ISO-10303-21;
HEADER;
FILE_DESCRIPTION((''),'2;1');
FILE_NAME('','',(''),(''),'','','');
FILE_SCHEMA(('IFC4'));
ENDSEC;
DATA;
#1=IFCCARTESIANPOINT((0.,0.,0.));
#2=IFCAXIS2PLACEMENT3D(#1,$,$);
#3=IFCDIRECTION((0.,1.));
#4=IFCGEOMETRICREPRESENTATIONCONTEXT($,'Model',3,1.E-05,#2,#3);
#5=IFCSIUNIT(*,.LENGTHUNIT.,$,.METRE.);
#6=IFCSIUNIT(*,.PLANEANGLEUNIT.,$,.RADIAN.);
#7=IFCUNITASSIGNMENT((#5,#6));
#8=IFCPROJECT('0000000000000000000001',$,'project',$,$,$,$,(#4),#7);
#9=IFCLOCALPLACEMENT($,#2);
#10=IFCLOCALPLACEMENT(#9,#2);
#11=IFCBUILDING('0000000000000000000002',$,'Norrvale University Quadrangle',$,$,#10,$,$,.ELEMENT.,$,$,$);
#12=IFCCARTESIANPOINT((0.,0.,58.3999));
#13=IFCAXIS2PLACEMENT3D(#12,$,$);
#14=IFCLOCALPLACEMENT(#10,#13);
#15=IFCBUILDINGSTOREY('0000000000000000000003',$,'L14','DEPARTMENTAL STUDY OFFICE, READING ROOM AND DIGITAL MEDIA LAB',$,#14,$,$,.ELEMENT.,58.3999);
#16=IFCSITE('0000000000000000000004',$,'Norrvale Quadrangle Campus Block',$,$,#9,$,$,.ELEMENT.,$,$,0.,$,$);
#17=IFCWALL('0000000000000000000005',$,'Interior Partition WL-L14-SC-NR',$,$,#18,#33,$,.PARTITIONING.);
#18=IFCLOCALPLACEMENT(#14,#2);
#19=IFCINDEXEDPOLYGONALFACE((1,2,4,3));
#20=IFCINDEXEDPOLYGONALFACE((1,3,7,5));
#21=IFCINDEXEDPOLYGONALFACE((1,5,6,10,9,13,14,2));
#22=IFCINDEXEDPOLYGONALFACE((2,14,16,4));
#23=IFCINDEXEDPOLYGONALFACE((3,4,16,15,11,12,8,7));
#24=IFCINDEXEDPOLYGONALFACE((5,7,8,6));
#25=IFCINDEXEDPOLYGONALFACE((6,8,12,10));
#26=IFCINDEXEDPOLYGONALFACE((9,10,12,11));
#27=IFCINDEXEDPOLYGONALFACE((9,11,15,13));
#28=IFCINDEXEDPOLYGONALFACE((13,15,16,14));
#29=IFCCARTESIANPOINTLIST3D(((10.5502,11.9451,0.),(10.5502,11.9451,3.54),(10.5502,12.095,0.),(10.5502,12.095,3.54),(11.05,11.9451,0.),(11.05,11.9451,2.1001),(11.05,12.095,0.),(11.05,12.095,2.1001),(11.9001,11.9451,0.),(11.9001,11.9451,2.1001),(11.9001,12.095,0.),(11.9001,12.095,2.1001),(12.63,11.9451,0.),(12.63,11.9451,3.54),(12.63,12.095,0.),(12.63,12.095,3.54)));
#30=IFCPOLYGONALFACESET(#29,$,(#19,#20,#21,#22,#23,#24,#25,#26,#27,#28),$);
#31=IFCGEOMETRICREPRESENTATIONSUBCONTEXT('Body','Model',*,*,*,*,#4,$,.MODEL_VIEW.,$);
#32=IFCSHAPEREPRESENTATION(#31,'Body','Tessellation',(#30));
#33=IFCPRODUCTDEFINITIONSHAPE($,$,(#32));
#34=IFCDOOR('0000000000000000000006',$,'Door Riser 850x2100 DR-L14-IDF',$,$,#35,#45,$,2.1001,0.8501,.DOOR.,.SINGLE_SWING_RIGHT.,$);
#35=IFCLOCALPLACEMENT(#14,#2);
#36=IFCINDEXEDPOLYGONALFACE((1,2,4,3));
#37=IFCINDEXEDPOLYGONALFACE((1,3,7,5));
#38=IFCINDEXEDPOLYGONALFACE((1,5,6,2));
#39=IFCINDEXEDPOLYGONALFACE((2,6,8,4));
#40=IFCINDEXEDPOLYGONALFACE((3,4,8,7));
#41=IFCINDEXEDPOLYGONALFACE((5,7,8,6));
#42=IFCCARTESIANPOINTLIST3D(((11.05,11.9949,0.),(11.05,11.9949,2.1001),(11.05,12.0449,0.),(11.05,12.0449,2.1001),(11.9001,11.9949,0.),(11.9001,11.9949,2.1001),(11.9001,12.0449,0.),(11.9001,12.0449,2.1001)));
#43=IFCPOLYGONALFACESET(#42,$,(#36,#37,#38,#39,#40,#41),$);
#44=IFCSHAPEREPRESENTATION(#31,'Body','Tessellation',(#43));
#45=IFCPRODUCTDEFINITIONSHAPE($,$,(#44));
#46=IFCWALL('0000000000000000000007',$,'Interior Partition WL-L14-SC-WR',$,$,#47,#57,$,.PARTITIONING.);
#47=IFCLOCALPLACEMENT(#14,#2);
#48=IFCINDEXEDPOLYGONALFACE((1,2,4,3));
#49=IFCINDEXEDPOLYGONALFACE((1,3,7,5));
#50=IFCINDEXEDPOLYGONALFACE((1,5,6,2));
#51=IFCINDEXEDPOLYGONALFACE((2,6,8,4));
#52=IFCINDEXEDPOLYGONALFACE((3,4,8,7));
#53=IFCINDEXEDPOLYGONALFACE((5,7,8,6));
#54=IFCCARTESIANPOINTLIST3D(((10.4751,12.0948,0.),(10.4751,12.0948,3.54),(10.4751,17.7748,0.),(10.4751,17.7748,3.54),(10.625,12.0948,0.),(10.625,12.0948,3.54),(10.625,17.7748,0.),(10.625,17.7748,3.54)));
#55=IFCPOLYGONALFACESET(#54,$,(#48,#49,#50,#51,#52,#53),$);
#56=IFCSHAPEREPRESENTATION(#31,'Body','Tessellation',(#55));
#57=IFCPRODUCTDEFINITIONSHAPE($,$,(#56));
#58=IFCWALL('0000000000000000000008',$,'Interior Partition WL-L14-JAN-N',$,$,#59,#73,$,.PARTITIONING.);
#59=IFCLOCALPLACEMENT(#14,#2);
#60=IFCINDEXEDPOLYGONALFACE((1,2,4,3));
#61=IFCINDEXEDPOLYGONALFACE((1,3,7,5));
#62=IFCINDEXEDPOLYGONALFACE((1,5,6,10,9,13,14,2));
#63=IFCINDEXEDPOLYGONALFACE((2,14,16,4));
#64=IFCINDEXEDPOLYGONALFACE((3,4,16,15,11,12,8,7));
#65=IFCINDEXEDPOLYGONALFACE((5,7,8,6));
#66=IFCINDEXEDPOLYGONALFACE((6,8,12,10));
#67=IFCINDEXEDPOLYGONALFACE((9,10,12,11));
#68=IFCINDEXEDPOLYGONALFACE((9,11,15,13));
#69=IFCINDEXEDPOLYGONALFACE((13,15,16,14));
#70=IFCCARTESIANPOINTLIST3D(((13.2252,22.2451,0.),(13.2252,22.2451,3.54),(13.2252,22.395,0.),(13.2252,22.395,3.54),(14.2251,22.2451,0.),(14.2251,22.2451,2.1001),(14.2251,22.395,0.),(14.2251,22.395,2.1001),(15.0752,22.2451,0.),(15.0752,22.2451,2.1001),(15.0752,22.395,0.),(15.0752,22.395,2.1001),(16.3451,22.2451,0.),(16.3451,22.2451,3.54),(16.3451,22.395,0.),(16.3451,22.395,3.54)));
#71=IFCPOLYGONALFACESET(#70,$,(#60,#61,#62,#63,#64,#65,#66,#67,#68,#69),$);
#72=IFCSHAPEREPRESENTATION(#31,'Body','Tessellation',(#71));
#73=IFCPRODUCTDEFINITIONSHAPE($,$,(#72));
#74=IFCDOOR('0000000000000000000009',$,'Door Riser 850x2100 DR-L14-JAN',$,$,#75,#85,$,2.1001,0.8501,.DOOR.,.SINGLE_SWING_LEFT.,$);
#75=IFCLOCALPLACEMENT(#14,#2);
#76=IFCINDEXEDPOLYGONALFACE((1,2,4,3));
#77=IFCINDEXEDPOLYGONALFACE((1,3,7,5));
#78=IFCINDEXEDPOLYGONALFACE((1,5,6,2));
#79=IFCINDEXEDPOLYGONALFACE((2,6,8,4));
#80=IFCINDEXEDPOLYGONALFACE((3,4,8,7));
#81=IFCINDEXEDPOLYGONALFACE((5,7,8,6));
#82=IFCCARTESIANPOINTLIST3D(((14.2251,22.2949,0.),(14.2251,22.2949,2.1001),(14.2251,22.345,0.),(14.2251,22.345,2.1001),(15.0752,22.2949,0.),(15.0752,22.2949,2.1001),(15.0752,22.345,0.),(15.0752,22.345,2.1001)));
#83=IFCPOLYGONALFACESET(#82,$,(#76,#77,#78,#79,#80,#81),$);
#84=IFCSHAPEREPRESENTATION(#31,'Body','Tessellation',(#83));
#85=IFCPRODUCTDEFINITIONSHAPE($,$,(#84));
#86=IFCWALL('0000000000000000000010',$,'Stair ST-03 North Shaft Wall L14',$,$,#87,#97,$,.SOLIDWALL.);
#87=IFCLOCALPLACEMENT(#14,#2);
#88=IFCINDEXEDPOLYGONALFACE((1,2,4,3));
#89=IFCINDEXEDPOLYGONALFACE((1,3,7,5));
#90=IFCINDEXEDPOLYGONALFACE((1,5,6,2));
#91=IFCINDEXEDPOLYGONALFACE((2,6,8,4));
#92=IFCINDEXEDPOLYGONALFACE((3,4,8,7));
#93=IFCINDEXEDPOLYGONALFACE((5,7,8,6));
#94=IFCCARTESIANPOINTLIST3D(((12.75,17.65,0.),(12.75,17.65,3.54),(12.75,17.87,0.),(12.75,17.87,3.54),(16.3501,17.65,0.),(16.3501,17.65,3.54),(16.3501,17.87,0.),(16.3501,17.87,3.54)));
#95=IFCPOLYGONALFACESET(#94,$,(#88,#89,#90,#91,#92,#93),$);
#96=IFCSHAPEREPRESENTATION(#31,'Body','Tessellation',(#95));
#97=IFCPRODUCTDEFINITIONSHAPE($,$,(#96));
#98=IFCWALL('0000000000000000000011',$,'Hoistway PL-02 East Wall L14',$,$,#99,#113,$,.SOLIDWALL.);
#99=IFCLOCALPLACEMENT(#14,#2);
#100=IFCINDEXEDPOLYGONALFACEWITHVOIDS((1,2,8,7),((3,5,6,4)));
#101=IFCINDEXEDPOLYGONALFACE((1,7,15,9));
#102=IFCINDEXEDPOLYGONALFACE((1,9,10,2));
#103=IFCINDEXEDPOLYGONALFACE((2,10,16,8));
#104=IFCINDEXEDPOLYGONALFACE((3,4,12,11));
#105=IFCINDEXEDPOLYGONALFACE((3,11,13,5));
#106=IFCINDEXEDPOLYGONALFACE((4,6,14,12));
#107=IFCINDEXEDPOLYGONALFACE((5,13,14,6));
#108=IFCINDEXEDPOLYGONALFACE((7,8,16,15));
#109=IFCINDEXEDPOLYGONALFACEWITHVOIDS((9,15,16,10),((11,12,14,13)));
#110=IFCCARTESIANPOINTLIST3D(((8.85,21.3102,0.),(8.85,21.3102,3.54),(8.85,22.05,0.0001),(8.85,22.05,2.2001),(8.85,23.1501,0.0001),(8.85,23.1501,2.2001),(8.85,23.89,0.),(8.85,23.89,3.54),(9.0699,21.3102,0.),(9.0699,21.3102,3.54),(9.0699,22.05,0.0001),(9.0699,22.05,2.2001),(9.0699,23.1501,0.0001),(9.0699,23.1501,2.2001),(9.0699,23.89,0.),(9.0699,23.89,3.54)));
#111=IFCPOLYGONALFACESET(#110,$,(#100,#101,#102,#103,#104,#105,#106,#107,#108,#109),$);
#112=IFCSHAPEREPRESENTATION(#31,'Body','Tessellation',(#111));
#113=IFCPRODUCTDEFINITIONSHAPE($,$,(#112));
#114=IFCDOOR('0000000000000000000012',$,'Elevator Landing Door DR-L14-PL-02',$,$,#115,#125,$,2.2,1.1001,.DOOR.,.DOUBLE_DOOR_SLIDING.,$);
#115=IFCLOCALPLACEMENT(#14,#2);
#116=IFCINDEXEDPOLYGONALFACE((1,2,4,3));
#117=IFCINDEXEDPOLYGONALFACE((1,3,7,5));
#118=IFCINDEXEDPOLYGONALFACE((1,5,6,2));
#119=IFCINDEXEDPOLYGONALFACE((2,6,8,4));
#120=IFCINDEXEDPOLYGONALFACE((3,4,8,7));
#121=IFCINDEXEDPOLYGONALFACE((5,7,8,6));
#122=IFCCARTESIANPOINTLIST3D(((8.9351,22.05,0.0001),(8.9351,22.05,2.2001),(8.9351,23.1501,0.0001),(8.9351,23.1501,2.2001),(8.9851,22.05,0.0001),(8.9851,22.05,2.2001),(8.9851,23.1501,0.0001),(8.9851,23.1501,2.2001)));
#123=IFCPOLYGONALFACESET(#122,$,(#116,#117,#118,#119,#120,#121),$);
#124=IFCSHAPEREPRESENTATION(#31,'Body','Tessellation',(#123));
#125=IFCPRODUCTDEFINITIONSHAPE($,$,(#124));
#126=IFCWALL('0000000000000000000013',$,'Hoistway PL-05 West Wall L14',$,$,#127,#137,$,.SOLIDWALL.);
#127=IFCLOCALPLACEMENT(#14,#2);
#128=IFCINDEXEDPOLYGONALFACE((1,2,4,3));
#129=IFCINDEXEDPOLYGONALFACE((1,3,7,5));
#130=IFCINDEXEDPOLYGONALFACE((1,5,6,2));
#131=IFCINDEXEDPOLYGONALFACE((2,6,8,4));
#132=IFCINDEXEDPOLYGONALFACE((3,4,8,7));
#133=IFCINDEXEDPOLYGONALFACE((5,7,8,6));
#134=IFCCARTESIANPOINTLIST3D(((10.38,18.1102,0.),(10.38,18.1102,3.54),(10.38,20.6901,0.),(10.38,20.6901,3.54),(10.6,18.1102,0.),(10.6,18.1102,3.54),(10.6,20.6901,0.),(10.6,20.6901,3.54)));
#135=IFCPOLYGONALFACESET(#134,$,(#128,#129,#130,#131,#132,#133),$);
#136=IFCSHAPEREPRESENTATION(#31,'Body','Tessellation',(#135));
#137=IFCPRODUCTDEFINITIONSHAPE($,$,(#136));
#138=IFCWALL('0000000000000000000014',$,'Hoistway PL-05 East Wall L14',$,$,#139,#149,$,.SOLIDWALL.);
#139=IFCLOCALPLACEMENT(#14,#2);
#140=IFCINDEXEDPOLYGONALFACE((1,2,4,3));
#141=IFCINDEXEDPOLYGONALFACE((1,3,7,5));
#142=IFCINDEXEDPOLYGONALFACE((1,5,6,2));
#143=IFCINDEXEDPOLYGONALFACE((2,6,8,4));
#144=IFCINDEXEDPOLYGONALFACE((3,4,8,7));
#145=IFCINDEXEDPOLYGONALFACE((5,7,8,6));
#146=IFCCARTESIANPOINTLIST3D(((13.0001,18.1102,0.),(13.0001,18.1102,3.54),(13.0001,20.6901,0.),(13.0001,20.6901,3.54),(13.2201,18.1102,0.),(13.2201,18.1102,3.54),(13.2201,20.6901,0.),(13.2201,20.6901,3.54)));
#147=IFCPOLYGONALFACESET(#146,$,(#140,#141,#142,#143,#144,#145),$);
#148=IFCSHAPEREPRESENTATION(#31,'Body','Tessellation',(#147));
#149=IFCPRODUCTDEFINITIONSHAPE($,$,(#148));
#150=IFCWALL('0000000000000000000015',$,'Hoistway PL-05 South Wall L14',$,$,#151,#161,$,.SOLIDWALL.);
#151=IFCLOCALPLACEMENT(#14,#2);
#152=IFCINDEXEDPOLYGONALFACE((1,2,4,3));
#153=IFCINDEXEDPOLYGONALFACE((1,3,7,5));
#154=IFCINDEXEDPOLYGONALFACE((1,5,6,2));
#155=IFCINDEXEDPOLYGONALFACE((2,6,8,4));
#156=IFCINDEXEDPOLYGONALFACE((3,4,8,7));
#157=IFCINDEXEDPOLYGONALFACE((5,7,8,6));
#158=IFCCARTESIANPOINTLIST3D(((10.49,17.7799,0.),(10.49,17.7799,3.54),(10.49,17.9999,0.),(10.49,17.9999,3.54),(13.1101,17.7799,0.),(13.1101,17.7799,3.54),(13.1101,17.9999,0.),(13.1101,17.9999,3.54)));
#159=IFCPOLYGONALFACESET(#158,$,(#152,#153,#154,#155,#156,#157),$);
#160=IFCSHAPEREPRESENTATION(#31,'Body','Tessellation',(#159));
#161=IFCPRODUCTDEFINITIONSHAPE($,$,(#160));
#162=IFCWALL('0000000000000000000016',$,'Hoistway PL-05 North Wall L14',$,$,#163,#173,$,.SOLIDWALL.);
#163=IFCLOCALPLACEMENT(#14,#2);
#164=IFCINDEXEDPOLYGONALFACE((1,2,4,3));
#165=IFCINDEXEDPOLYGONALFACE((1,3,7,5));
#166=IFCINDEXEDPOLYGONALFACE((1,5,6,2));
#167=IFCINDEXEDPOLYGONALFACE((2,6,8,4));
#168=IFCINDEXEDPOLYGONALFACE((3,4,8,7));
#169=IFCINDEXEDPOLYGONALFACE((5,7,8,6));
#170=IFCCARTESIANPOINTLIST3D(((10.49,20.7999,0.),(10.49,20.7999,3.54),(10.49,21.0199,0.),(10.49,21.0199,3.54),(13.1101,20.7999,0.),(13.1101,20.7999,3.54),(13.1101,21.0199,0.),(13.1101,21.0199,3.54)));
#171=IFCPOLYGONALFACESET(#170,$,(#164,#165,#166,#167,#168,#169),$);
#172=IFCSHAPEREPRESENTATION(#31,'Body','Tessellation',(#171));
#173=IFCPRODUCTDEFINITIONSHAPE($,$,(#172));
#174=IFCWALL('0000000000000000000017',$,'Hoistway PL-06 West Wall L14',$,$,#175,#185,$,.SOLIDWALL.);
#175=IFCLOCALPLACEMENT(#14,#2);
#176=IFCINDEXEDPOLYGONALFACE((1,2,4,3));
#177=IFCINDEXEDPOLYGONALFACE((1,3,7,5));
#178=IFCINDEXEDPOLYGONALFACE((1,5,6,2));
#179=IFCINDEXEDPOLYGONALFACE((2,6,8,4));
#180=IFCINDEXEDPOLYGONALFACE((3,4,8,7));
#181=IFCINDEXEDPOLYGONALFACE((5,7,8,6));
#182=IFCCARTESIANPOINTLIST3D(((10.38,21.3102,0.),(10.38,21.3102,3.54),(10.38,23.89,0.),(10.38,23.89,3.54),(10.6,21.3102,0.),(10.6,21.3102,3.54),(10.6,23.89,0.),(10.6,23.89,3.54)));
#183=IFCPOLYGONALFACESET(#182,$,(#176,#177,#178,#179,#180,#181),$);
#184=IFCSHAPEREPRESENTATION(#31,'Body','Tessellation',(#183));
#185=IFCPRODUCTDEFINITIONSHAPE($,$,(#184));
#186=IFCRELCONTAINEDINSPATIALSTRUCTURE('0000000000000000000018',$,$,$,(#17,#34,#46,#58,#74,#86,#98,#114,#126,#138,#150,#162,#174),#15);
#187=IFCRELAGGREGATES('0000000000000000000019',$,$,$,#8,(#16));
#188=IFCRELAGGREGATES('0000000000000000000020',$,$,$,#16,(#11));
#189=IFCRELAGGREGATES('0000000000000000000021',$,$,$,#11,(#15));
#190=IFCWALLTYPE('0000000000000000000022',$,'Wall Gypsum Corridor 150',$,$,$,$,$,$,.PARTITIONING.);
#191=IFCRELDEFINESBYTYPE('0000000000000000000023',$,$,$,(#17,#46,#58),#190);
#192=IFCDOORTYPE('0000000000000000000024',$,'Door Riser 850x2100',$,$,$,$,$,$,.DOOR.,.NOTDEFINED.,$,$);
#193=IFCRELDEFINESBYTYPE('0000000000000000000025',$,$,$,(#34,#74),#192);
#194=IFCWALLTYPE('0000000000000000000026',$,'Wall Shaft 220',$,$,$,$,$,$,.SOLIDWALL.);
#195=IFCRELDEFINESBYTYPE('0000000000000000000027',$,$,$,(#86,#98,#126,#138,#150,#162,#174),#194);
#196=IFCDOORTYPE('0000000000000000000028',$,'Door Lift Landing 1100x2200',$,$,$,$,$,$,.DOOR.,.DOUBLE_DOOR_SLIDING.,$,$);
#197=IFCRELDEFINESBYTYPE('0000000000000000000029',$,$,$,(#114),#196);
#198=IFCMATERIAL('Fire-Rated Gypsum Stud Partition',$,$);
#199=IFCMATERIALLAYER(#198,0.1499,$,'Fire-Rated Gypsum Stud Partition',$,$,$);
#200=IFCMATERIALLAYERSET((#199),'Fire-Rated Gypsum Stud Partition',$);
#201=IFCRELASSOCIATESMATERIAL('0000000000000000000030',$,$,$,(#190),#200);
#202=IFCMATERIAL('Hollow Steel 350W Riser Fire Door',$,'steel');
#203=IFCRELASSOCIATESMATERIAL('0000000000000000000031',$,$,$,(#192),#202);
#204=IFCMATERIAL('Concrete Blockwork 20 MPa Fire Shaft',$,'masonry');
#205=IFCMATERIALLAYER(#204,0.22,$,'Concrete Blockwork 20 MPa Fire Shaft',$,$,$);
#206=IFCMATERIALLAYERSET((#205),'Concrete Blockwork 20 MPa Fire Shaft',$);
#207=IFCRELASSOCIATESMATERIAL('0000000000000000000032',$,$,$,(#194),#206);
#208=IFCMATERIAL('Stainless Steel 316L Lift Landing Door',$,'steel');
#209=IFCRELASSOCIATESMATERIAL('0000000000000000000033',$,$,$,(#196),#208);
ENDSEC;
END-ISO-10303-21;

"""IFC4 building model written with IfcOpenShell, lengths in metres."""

from ifc_helpers import new_model, si_unit, direction, frame, frame_2d, origin, place, context, subcontext, project, spatial, rectangle, extrude, material, layer, layer_set, type_object, element, fill, save


model = new_model("IFC4")

# Units and contexts
model_context = context("Model", 3, precision=1e-05, world=origin(), true_north=direction((0.0, 1.0)))
body_context = subcontext(model_context, "Body", "Model", "MODEL_VIEW")
ifc_project = project(units=[si_unit("LENGTHUNIT", "METRE"), si_unit("PLANEANGLEUNIT", "RADIAN")], contexts=[model_context])

# Site, building, storey
site_placement = place(None, origin())
site = spatial("IfcSite", under=ifc_project, at=site_placement, Name="Norrvale Quadrangle Campus Block", CompositionType="ELEMENT", RefElevation=0.0)
building_placement = place(site_placement, origin())
building = spatial("IfcBuilding", under=site, at=building_placement, Name="Norrvale University Quadrangle", CompositionType="ELEMENT")
storey_placement = place(building_placement, frame((0.0, 0.0, 58.3999)))
storey = spatial("IfcBuildingStorey", under=building, at=storey_placement, Name="L14", Description="DEPARTMENTAL STUDY OFFICE, READING ROOM AND DIGITAL MEDIA LAB", CompositionType="ELEMENT", Elevation=58.3999)

# Wall, opening, door
ifc_material_1 = material(Name="Fire-Rated Gypsum Stud Partition")
ifc_layer_1 = layer(ifc_material_1, 0.1499, Name="Fire-Rated Gypsum Stud Partition")
ifc_layer_set_1 = layer_set([ifc_layer_1], Name="Fire-Rated Gypsum Stud Partition")
wall_type_1 = type_object("IfcWallType", Name="Wall Gypsum Corridor 150", PredefinedType="PARTITIONING", material=ifc_layer_set_1)
wall_1_placement = place(storey_placement, frame((10.55, 12.02, 0.0), z_axis=(0.0, 0.0, 1.0), x_axis=(1.0, 0.0, 0.0)))
wall_1 = element("IfcWall", 1, at=wall_1_placement, inside=storey, type_object=wall_type_1, Name="Interior Partition WL-L14-SC-NR", PredefinedType="PARTITIONING", context=body_context, shape_type="SweptSolid", body=[
    extrude(rectangle(XDim=2.0798, YDim=0.1499, at=frame_2d((1.04, 0.0))), origin(), (0.0, 0.0, 1.0), 3.54),
])
opening_1_placement = place(wall_1_placement, frame((0.5, 0.0, 0.0)))
opening_1 = element("IfcOpeningElement", 2, at=opening_1_placement, cuts=wall_1, PredefinedType="OPENING", context=body_context, shape_type="SweptSolid", body=[
    extrude(rectangle(XDim=0.8501, YDim=2.1001, at=frame_2d((0.425, 1.05))), frame((0.0, 0.0869, 0.0), z_axis=(0.0, -1.0, 0.0), x_axis=(1.0, 0.0, 0.0)), (0.0, 0.0, 1.0), 0.1738),
])
ifc_material_2 = material(Name="Hollow Steel 350W Riser Fire Door", Category="steel")
door_type_1 = type_object("IfcDoorType", Name="Door Riser 850x2100", OperationType="NOTDEFINED", PredefinedType="DOOR", material=ifc_material_2)
door_1_placement = place(opening_1_placement, origin())
door_1 = element("IfcDoor", 3, at=door_1_placement, inside=storey, type_object=door_type_1, Name="Door Riser 850x2100 DR-L14-IDF", OperationType="SINGLE_SWING_RIGHT", OverallHeight=2.1001, OverallWidth=0.8501, PredefinedType="DOOR", context=body_context, shape_type="SweptSolid", body=[
    extrude(rectangle(XDim=0.8501, YDim=2.1001, at=frame_2d((0.425, 1.05))), frame((0.0, 0.0249, 0.0), z_axis=(0.0, -1.0, 0.0), x_axis=(1.0, 0.0, 0.0)), (0.0, 0.0, 1.0), 0.05),
])
fill(opening_1, door_1)

# Wall
wall_2_placement = place(storey_placement, frame((10.55, 12.095, 0.0), z_axis=(0.0, 0.0, 1.0), x_axis=(0.0, 1.0, 0.0)))
element("IfcWall", 4, at=wall_2_placement, inside=storey, type_object=wall_type_1, Name="Interior Partition WL-L14-SC-WR", PredefinedType="PARTITIONING", context=body_context, shape_type="SweptSolid", body=[
    extrude(rectangle(XDim=5.6799, YDim=0.1499, at=frame_2d((2.8398, 0.0))), origin(), (0.0, 0.0, 1.0), 3.54),
])

# Wall, opening, door
wall_3_placement = place(storey_placement, frame((13.2251, 22.3201, 0.0), z_axis=(0.0, 0.0, 1.0), x_axis=(1.0, 0.0, 0.0)))
wall_3 = element("IfcWall", 5, at=wall_3_placement, inside=storey, type_object=wall_type_1, Name="Interior Partition WL-L14-JAN-N", PredefinedType="PARTITIONING", context=body_context, shape_type="SweptSolid", body=[
    extrude(rectangle(XDim=3.1199, YDim=0.1499, at=frame_2d((1.5601, 0.0))), origin(), (0.0, 0.0, 1.0), 3.54),
])
opening_2_placement = place(wall_3_placement, frame((1.0, 0.0, 0.0)))
opening_2 = element("IfcOpeningElement", 6, at=opening_2_placement, cuts=wall_3, PredefinedType="OPENING", context=body_context, shape_type="SweptSolid", body=[
    extrude(rectangle(XDim=0.8501, YDim=2.1001, at=frame_2d((0.425, 1.05))), frame((0.0, 0.0869, 0.0), z_axis=(0.0, -1.0, 0.0), x_axis=(1.0, 0.0, 0.0)), (0.0, 0.0, 1.0), 0.1738),
])
door_2_placement = place(opening_2_placement, origin())
door_2 = element("IfcDoor", 7, at=door_2_placement, inside=storey, type_object=door_type_1, Name="Door Riser 850x2100 DR-L14-JAN", OperationType="SINGLE_SWING_LEFT", OverallHeight=2.1001, OverallWidth=0.8501, PredefinedType="DOOR", context=body_context, shape_type="SweptSolid", body=[
    extrude(rectangle(XDim=0.8501, YDim=2.1001, at=frame_2d((0.425, 1.05))), frame((0.0, 0.0249, 0.0), z_axis=(0.0, -1.0, 0.0), x_axis=(1.0, 0.0, 0.0)), (0.0, 0.0, 1.0), 0.05),
])
fill(opening_2, door_2)

# Wall
ifc_material_3 = material(Name="Concrete Blockwork 20 MPa Fire Shaft", Category="masonry")
ifc_layer_2 = layer(ifc_material_3, 0.22, Name="Concrete Blockwork 20 MPa Fire Shaft")
ifc_layer_set_2 = layer_set([ifc_layer_2], Name="Concrete Blockwork 20 MPa Fire Shaft")
wall_type_2 = type_object("IfcWallType", Name="Wall Shaft 220", PredefinedType="SOLIDWALL", material=ifc_layer_set_2)
wall_4_placement = place(storey_placement, frame((12.75, 17.76, 0.0), z_axis=(0.0, 0.0, 1.0), x_axis=(1.0, 0.0, 0.0)))
element("IfcWall", 8, at=wall_4_placement, inside=storey, type_object=wall_type_2, Name="Stair ST-03 North Shaft Wall L14", PredefinedType="SOLIDWALL", context=body_context, shape_type="SweptSolid", body=[
    extrude(rectangle(XDim=3.6001, YDim=0.22, at=frame_2d((1.8, 0.0))), origin(), (0.0, 0.0, 1.0), 3.54),
])

# Wall, opening, door
wall_5_placement = place(storey_placement, frame((8.96, 21.3101, 0.0), z_axis=(0.0, 0.0, 1.0), x_axis=(0.0, 1.0, 0.0)))
wall_5 = element("IfcWall", 9, at=wall_5_placement, inside=storey, type_object=wall_type_2, Name="Hoistway PL-02 East Wall L14", PredefinedType="SOLIDWALL", context=body_context, shape_type="SweptSolid", body=[
    extrude(rectangle(XDim=2.5798, YDim=0.22, at=frame_2d((1.29, 0.0))), origin(), (0.0, 0.0, 1.0), 3.54),
])
opening_3_placement = place(wall_5_placement, frame((0.74, 0.0, 0.0)))
opening_3 = element("IfcOpeningElement", 10, at=opening_3_placement, cuts=wall_5, PredefinedType="OPENING", context=body_context, shape_type="SweptSolid", body=[
    extrude(rectangle(XDim=1.1001, YDim=2.2, at=frame_2d((0.55, 1.1001))), frame((0.0, 0.1221, 0.0), z_axis=(0.0, -1.0, 0.0), x_axis=(1.0, 0.0, 0.0)), (0.0, 0.0, 1.0), 0.2439),
])
ifc_material_4 = material(Name="Stainless Steel 316L Lift Landing Door", Category="steel")
door_type_2 = type_object("IfcDoorType", Name="Door Lift Landing 1100x2200", OperationType="DOUBLE_DOOR_SLIDING", PredefinedType="DOOR", material=ifc_material_4)
door_3_placement = place(opening_3_placement, origin())
door_3 = element("IfcDoor", 11, at=door_3_placement, inside=storey, type_object=door_type_2, Name="Elevator Landing Door DR-L14-PL-02", OperationType="DOUBLE_DOOR_SLIDING", OverallHeight=2.2, OverallWidth=1.1001, PredefinedType="DOOR", context=body_context, shape_type="SweptSolid", body=[
    extrude(rectangle(XDim=1.1001, YDim=2.2, at=frame_2d((0.55, 1.1001))), frame((0.0, 0.0249, 0.0), z_axis=(0.0, -1.0, 0.0), x_axis=(1.0, 0.0, 0.0)), (0.0, 0.0, 1.0), 0.05),
])
fill(opening_3, door_3)

# Walls
for number, where, z_axis, x_axis, name in (
    (12, (10.49, 18.1101, 0.0), (0.0, 0.0, 1.0), (0.0, 1.0, 0.0), "Hoistway PL-05 West Wall L14"),
    (13, (13.1101, 18.1101, 0.0), (0.0, 0.0, 1.0), (0.0, 1.0, 0.0), "Hoistway PL-05 East Wall L14"),
):
    element("IfcWall", number, at=place(storey_placement, frame(where, z_axis=z_axis, x_axis=x_axis)), inside=storey, type_object=wall_type_2, Name=name, PredefinedType="SOLIDWALL", context=body_context, shape_type="SweptSolid", body=[
        extrude(rectangle(XDim=2.5798, YDim=0.22, at=frame_2d((1.29, 0.0))), origin(), (0.0, 0.0, 1.0), 3.54),
    ])
for number, where, z_axis, x_axis, name in (
    (14, (10.49, 17.8899, 0.0), (0.0, 0.0, 1.0), (1.0, 0.0, 0.0), "Hoistway PL-05 South Wall L14"),
    (15, (10.49, 20.9099, 0.0), (0.0, 0.0, 1.0), (1.0, 0.0, 0.0), "Hoistway PL-05 North Wall L14"),
):
    element("IfcWall", number, at=place(storey_placement, frame(where, z_axis=z_axis, x_axis=x_axis)), inside=storey, type_object=wall_type_2, Name=name, PredefinedType="SOLIDWALL", context=body_context, shape_type="SweptSolid", body=[
        extrude(rectangle(XDim=2.6201, YDim=0.22, at=frame_2d((1.3101, 0.0))), origin(), (0.0, 0.0, 1.0), 3.54),
    ])
for number, where, z_axis, x_axis, name in (
    (16, (10.49, 21.3101, 0.0), (0.0, 0.0, 1.0), (0.0, 1.0, 0.0), "Hoistway PL-06 West Wall L14"),
):
    element("IfcWall", number, at=place(storey_placement, frame(where, z_axis=z_axis, x_axis=x_axis)), inside=storey, type_object=wall_type_2, Name=name, PredefinedType="SOLIDWALL", context=body_context, shape_type="SweptSolid", body=[
        extrude(rectangle(XDim=2.5798, YDim=0.22, at=frame_2d((1.29, 0.0))), origin(), (0.0, 0.0, 1.0), 3.54),
    ])

save(model, "model.ifc")
